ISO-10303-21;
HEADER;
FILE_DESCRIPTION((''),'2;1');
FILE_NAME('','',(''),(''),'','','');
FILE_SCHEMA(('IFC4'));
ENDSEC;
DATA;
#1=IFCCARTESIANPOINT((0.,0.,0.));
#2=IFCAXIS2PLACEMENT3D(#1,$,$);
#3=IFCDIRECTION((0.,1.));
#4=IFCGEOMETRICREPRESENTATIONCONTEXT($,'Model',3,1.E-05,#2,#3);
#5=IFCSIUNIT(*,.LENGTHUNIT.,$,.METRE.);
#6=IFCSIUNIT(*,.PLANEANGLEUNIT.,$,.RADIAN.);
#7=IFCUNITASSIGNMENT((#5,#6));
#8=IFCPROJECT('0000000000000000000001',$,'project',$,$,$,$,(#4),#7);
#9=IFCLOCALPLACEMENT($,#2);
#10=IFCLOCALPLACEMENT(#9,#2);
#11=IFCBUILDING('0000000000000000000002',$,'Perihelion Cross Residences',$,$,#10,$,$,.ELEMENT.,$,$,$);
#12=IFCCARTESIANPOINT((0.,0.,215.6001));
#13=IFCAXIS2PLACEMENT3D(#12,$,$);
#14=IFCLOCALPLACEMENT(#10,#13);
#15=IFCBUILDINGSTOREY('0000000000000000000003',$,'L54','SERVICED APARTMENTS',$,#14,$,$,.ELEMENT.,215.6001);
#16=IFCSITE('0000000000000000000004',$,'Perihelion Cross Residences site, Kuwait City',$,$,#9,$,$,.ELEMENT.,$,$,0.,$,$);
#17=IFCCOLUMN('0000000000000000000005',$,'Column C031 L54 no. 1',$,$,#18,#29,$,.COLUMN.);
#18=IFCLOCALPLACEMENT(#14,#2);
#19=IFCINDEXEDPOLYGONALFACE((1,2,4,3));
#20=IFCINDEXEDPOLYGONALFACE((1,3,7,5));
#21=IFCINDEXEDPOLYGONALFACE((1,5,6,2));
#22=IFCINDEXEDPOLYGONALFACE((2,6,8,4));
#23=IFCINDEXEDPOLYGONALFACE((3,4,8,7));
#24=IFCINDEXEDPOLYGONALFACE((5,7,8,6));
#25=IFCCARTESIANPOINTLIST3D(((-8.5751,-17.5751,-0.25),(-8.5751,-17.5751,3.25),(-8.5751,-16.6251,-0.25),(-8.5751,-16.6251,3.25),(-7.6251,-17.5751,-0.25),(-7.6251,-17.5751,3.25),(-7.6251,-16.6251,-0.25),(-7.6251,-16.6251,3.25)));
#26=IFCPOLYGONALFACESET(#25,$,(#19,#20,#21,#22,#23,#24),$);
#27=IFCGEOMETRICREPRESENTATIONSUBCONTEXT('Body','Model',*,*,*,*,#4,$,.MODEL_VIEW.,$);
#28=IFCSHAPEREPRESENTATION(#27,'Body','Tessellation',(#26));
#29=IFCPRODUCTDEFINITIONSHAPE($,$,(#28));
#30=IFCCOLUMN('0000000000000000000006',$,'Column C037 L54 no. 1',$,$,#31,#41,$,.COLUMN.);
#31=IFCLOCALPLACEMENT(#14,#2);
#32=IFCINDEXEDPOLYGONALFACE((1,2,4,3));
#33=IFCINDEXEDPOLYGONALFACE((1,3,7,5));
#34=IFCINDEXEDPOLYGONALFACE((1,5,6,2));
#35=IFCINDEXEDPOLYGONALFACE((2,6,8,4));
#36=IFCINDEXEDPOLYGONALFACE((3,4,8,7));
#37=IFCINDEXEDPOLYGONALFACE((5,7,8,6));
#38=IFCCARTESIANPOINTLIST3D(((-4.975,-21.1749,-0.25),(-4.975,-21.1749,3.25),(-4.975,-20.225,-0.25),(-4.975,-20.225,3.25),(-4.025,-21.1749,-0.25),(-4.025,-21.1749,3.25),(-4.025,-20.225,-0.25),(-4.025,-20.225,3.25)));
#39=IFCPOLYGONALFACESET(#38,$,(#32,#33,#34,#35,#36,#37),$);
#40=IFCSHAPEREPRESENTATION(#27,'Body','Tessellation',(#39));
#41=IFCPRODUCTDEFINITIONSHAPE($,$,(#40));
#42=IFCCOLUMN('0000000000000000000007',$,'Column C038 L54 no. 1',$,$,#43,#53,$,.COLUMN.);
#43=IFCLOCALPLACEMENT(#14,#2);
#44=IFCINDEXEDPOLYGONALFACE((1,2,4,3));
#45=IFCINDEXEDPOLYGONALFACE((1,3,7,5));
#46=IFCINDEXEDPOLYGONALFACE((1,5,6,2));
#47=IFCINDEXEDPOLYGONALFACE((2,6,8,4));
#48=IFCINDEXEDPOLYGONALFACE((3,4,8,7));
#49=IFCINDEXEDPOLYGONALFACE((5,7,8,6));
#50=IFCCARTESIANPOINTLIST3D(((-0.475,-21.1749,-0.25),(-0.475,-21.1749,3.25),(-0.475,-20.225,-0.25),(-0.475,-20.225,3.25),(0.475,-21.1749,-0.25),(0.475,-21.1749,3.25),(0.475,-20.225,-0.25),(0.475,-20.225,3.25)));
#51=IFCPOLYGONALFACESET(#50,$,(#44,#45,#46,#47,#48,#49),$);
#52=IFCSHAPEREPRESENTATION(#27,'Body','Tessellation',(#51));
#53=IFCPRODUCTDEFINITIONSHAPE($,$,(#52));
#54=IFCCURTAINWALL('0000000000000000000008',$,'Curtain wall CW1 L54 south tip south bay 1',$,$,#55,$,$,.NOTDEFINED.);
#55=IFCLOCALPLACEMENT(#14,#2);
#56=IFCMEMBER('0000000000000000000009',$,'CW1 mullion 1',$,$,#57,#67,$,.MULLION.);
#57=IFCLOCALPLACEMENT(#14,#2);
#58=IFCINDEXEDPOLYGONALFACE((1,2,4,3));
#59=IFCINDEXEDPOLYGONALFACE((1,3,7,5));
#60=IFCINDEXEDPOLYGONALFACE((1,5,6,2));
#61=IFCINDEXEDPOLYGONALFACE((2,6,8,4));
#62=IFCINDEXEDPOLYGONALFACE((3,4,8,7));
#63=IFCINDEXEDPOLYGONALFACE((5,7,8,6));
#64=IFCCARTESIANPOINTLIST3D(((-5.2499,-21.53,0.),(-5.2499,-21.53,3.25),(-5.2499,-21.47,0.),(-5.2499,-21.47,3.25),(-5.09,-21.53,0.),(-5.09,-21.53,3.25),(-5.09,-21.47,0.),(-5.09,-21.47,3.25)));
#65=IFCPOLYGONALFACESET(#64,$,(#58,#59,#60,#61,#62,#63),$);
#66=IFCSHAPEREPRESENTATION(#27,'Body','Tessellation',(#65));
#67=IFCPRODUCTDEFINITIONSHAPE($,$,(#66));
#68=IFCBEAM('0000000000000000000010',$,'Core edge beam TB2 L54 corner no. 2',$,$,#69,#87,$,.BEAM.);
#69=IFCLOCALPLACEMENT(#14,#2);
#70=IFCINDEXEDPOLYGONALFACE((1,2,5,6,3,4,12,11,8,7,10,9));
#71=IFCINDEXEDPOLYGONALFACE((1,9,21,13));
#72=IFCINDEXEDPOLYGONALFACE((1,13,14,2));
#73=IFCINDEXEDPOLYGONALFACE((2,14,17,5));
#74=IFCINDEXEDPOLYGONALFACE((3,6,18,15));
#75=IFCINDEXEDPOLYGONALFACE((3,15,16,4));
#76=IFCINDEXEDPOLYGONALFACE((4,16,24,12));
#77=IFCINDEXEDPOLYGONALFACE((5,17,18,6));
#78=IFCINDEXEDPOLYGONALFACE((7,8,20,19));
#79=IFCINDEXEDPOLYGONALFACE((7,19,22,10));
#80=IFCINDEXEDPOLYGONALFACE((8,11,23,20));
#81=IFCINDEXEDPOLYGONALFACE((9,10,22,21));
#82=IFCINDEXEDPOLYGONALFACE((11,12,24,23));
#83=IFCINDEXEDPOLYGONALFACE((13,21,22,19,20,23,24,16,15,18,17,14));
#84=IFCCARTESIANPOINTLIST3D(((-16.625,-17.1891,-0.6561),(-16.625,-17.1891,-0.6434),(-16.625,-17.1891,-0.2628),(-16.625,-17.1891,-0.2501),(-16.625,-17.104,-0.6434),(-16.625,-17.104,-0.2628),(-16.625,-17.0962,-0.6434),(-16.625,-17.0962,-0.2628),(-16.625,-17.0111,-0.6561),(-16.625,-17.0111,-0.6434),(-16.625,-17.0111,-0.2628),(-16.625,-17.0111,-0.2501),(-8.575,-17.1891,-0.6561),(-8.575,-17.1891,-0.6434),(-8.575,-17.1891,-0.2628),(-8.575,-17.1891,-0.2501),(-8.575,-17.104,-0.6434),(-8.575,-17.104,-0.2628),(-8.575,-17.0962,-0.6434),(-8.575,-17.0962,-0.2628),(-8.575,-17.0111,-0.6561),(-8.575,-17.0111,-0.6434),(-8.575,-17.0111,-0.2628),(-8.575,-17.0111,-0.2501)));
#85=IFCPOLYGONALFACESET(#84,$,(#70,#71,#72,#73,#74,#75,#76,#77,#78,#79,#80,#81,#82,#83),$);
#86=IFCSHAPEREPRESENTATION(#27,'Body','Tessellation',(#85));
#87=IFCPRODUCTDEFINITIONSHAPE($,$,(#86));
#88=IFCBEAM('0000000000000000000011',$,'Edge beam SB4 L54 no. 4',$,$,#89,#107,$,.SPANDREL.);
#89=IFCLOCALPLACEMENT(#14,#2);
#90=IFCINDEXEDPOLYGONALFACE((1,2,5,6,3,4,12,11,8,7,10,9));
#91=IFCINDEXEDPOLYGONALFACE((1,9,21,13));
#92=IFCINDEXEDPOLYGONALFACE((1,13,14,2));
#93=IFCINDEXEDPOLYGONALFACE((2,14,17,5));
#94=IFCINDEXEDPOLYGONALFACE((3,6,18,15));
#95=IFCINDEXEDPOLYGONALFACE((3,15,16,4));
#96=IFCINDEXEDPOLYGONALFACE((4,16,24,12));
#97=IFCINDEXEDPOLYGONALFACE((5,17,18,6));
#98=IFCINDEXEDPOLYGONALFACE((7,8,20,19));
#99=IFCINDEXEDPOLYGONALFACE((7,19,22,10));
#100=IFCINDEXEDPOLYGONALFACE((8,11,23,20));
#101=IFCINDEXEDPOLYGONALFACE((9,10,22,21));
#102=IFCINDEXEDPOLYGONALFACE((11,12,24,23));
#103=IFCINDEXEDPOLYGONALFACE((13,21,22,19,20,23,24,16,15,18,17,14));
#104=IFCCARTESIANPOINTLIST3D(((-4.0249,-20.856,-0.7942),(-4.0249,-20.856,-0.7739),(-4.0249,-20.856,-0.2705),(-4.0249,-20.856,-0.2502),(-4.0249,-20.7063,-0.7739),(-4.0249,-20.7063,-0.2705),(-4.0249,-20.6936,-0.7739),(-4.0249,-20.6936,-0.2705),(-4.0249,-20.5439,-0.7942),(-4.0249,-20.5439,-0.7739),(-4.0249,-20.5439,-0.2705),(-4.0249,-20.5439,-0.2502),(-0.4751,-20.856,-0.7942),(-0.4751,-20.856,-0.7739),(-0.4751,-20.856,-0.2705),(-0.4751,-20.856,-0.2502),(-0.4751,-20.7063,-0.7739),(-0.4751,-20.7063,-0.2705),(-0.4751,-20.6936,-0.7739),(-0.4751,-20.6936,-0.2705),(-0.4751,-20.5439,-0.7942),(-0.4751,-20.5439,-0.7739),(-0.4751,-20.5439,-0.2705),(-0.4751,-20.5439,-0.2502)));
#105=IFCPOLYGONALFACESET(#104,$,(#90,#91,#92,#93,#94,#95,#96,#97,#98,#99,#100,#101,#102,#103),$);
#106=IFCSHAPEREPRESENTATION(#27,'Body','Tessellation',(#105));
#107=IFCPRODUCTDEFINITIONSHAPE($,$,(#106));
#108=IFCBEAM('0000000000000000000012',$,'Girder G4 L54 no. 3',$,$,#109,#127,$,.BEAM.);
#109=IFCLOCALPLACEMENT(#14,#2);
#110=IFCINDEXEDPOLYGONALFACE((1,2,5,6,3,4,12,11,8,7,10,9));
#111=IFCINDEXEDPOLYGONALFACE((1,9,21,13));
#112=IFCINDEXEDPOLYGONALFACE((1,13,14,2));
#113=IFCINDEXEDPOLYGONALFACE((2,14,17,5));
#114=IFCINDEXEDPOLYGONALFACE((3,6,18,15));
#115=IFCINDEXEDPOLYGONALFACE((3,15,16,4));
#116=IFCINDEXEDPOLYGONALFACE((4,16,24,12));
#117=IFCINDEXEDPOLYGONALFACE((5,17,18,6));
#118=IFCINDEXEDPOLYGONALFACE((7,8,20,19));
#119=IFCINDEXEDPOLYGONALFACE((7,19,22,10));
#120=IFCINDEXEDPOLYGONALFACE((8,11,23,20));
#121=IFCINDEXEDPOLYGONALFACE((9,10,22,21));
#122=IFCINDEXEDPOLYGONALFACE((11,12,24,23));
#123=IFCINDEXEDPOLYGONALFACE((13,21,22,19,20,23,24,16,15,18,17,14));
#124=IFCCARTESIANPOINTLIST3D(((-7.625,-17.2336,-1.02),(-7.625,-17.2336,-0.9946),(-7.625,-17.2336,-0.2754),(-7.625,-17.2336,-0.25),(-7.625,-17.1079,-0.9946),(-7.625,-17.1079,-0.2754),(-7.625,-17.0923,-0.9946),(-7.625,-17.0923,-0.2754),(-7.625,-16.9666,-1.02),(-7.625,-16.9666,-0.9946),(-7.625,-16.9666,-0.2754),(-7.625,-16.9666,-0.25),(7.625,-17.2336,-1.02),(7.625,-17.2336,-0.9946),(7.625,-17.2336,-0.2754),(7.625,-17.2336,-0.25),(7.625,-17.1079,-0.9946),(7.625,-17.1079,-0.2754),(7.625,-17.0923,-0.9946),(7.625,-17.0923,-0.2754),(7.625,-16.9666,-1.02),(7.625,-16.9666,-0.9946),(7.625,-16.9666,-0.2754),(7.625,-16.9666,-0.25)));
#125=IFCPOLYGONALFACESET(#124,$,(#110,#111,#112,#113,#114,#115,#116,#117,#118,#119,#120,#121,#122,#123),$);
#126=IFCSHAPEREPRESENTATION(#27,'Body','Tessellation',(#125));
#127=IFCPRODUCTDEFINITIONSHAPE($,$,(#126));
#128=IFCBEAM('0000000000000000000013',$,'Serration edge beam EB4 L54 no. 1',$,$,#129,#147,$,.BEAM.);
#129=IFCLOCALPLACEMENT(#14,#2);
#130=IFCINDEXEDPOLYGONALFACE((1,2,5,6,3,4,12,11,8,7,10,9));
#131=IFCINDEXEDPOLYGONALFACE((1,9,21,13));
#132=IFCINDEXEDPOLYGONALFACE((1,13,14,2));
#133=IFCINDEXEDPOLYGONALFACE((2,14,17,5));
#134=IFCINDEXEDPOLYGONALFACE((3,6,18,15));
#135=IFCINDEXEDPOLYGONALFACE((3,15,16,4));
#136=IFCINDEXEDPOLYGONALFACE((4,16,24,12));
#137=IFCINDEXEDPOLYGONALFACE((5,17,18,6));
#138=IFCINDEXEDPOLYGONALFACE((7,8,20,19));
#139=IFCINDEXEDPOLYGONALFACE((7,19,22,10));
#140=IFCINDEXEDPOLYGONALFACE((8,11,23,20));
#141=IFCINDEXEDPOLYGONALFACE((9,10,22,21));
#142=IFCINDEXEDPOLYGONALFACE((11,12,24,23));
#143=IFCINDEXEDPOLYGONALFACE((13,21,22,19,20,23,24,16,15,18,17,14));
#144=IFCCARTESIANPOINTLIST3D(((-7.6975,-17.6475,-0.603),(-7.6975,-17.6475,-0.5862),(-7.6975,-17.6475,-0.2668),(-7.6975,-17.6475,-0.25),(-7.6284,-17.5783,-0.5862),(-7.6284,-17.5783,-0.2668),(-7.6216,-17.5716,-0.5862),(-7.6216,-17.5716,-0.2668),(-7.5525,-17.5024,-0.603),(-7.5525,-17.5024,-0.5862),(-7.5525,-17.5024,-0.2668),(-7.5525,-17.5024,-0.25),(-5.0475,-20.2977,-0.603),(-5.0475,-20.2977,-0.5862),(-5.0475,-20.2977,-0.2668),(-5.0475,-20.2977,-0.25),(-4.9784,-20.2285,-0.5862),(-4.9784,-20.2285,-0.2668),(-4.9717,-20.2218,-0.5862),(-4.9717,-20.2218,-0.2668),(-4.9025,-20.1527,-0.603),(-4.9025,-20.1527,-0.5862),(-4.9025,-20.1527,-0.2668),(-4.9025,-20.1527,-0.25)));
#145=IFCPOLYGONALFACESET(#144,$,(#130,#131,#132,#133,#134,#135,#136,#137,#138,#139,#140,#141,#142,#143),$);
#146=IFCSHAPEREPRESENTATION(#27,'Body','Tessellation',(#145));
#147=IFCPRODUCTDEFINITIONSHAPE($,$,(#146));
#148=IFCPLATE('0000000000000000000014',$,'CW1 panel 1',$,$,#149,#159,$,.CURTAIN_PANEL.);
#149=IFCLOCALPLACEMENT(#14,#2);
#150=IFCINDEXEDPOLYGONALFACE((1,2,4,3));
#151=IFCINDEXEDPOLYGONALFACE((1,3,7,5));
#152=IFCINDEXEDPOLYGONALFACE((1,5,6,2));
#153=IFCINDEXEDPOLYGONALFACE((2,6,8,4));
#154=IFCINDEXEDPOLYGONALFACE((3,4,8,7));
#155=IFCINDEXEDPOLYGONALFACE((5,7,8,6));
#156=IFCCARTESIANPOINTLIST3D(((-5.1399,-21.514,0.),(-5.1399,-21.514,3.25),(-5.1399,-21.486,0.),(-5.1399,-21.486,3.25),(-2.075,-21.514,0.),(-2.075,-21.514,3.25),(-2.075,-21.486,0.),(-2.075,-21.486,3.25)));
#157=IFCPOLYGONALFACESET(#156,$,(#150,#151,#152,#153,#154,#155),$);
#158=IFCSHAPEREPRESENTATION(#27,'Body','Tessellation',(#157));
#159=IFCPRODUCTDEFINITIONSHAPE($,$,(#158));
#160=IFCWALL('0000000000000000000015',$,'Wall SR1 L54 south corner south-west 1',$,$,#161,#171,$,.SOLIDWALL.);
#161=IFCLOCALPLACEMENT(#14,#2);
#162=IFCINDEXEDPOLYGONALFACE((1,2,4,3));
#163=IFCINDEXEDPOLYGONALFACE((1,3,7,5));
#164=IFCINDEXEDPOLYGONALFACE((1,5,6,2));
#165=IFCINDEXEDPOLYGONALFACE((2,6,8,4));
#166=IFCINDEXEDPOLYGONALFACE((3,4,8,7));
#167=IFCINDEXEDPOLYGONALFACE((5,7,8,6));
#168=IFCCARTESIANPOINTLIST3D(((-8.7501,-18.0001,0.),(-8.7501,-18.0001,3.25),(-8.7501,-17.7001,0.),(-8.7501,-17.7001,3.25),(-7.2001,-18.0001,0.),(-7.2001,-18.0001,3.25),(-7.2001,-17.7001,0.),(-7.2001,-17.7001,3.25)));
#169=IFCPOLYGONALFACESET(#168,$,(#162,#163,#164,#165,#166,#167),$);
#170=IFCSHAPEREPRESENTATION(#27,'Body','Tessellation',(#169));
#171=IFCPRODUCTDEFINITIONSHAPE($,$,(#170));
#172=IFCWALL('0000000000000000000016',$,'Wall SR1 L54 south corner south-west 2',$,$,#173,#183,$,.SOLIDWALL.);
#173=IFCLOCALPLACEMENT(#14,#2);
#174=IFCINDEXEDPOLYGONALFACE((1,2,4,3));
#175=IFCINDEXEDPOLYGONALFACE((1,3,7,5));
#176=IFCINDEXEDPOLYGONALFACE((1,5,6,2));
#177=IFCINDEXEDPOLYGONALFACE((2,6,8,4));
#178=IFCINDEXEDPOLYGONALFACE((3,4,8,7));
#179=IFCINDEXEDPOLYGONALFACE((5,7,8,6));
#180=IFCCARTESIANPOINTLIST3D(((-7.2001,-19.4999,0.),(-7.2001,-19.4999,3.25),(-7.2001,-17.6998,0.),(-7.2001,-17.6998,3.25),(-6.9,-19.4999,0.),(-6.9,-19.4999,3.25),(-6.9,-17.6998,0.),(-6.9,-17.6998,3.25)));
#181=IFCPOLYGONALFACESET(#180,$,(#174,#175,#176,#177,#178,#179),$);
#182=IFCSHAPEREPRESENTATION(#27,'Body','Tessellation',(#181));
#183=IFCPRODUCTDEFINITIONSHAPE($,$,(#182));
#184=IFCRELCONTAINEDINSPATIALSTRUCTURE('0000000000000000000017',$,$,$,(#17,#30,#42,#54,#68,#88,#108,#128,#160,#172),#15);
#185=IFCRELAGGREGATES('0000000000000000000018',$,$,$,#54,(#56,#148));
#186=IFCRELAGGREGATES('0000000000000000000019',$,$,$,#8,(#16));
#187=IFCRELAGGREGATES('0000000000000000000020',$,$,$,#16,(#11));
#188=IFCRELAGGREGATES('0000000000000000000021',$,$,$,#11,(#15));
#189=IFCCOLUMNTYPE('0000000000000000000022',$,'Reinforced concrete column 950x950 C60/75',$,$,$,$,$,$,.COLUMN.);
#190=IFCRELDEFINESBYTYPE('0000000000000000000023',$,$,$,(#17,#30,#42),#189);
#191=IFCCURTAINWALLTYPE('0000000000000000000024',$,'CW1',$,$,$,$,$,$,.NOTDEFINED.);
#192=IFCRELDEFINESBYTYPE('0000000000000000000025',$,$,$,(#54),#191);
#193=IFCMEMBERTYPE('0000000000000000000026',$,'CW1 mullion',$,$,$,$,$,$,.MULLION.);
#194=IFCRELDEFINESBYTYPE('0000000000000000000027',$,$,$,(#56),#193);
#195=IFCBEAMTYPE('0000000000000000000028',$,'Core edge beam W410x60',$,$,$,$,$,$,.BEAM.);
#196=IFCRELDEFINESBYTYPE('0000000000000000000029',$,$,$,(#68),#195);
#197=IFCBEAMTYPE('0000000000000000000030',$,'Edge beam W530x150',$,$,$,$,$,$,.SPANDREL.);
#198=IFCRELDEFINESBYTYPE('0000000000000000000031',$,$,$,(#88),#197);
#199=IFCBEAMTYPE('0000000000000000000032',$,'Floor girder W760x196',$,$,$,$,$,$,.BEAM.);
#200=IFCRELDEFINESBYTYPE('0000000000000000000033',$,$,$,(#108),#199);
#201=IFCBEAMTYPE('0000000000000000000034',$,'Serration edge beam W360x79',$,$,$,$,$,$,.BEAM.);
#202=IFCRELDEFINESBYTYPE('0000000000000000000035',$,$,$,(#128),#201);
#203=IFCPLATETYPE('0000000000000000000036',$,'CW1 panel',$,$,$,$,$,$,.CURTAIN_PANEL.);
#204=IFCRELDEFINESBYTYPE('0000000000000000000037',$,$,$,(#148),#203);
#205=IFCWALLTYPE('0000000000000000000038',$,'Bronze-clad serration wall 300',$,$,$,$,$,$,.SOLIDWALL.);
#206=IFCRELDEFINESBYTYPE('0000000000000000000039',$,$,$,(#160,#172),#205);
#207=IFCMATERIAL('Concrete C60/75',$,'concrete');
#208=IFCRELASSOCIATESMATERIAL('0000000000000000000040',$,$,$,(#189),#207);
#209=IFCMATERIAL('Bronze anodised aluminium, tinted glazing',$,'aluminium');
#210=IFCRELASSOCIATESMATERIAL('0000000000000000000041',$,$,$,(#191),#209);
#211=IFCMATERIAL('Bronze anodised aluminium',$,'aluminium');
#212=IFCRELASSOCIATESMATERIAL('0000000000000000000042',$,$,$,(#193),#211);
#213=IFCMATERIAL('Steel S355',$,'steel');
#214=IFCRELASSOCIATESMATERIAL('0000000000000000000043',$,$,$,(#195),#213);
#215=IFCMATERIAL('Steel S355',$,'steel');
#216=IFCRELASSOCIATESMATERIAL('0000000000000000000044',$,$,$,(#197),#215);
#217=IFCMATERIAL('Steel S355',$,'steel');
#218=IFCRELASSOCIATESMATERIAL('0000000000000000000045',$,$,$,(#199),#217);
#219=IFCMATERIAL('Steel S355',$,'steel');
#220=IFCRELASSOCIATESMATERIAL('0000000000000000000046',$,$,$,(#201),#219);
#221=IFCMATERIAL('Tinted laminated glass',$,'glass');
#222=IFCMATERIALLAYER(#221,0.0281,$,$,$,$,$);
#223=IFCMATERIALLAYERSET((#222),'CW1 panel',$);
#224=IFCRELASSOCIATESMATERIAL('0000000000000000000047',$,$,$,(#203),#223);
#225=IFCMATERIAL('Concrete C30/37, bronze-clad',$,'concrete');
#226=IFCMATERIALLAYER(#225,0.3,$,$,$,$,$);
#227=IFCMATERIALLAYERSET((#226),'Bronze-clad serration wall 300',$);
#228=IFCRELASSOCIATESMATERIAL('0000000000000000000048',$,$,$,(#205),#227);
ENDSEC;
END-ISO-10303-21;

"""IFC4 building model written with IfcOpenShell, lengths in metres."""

from ifc_helpers import new_model, si_unit, direction, frame, frame_2d, origin, origin_2d, place, context, subcontext, project, spatial, rectangle, i_section, extrude, material, layer, layer_set, material_profile, profile_set, type_object, element, aggregate, save


model = new_model("IFC4")

# Units and contexts
model_context = context("Model", 3, precision=1e-05, world=origin(), true_north=direction((0.0, 1.0)))
body_context = subcontext(model_context, "Body", "Model", "MODEL_VIEW")
ifc_project = project(units=[si_unit("LENGTHUNIT", "METRE"), si_unit("PLANEANGLEUNIT", "RADIAN")], contexts=[model_context])

# Site, building, storey
site_placement = place(None, origin())
site = spatial("IfcSite", under=ifc_project, at=site_placement, Name="Perihelion Cross Residences site, Kuwait City", CompositionType="ELEMENT", RefElevation=0.0)
building_placement = place(site_placement, origin())
building = spatial("IfcBuilding", under=site, at=building_placement, Name="Perihelion Cross Residences", CompositionType="ELEMENT")
storey_placement = place(building_placement, frame((0.0, 0.0, 215.6001)))
storey = spatial("IfcBuildingStorey", under=building, at=storey_placement, Name="L54", Description="SERVICED APARTMENTS", CompositionType="ELEMENT", Elevation=215.6001)

# Columns
ifc_material_1 = material(Name="Concrete C60/75", Category="concrete")
ifc_material_profile_1 = material_profile(ifc_material_1, rectangle(XDim=0.95, YDim=0.95, at=origin_2d()), Name="RC 950x950")
ifc_profile_set_1 = profile_set([ifc_material_profile_1], Name="Concrete C60/75")
column_type = type_object("IfcColumnType", Name="Reinforced concrete column 950x950 C60/75", PredefinedType="COLUMN", material=ifc_profile_set_1)
for number, where, z_axis, x_axis, name in (
    (1, (-8.1001, -17.1001, -0.25), (0.0, 0.0, 1.0), (1.0, 0.0, 0.0), "Column C031 L54 no. 1"),
    (2, (-4.5, -20.7, -0.25), (0.0, 0.0, 1.0), (1.0, 0.0, 0.0), "Column C037 L54 no. 1"),
    (3, (0.0, -20.7, -0.25), (0.0, 0.0, 1.0), (1.0, 0.0, 0.0), "Column C038 L54 no. 1"),
):
    element("IfcColumn", number, at=place(storey_placement, frame(where, z_axis=z_axis, x_axis=x_axis)), inside=storey, type_object=column_type, Name=name, PredefinedType="COLUMN", context=body_context, shape_type="SweptSolid", body=[
        extrude(rectangle(XDim=0.95, YDim=0.95, at=origin_2d()), origin(), (0.0, 0.0, 1.0), 3.5),
    ])

# Curtain wall, member
ifc_material_2 = material(Name="Bronze anodised aluminium, tinted glazing", Category="aluminium")
curtain_wall_type = type_object("IfcCurtainWallType", Name="CW1", PredefinedType="NOTDEFINED", material=ifc_material_2)
curtain_wall_placement = place(storey_placement, origin())
curtain_wall = element("IfcCurtainWall", 4, at=curtain_wall_placement, inside=storey, type_object=curtain_wall_type, Name="Curtain wall CW1 L54 south tip south bay 1", PredefinedType="NOTDEFINED")
ifc_material_3 = material(Name="Bronze anodised aluminium", Category="aluminium")
ifc_material_profile_2 = material_profile(ifc_material_3, rectangle(XDim=0.0601, YDim=0.1599, at=origin_2d()), Name="CW1 mullion")
ifc_profile_set_2 = profile_set([ifc_material_profile_2], Name="Bronze anodised aluminium")
member_type = type_object("IfcMemberType", Name="CW1 mullion", PredefinedType="MULLION", material=ifc_profile_set_2)
member_placement = place(storey_placement, frame((-5.1699, -21.5, 0.0), z_axis=(0.0, 0.0, 1.0), x_axis=(0.0, 1.0, 0.0)))
member = element("IfcMember", 5, at=member_placement, type_object=member_type, Name="CW1 mullion 1", PredefinedType="MULLION", context=body_context, shape_type="SweptSolid", body=[
    extrude(rectangle(XDim=0.0601, YDim=0.1599, at=origin_2d()), origin(), (0.0, 0.0, 1.0), 3.25),
])

# Beams
ifc_material_4 = material(Name="Steel S355", Category="steel")
ifc_material_profile_3 = material_profile(ifc_material_4, i_section(OverallWidth=0.178, OverallDepth=0.406, WebThickness=0.0078, FlangeThickness=0.0127, at=origin_2d()), Name="W410x60")
ifc_profile_set_3 = profile_set([ifc_material_profile_3], Name="Steel S355")
beam_type_1 = type_object("IfcBeamType", Name="Core edge beam W410x60", PredefinedType="BEAM", material=ifc_profile_set_3)
beam_1_placement = place(storey_placement, frame((-8.575, -17.1001, -0.4531), z_axis=(-1.0, 0.0, 0.0), x_axis=(0.0, -1.0, 0.0)))
element("IfcBeam", 6, at=beam_1_placement, inside=storey, type_object=beam_type_1, Name="Core edge beam TB2 L54 corner no. 2", PredefinedType="BEAM", context=body_context, shape_type="SweptSolid", body=[
    extrude(i_section(OverallWidth=0.178, OverallDepth=0.406, WebThickness=0.0078, FlangeThickness=0.0127, at=origin_2d()), origin(), (0.0, 0.0, 1.0), 8.05),
])
ifc_material_5 = material(Name="Steel S355", Category="steel")
ifc_material_profile_4 = material_profile(ifc_material_5, i_section(OverallWidth=0.312, OverallDepth=0.5439, WebThickness=0.0127, FlangeThickness=0.0203, at=origin_2d()), Name="W530x150")
ifc_profile_set_4 = profile_set([ifc_material_profile_4], Name="Steel S355")
beam_type_2 = type_object("IfcBeamType", Name="Edge beam W530x150", PredefinedType="SPANDREL", material=ifc_profile_set_4)
beam_2_placement = place(storey_placement, frame((-4.0249, -20.7, -0.5222), z_axis=(1.0, 0.0, 0.0), x_axis=(0.0, 1.0, 0.0)))
element("IfcBeam", 7, at=beam_2_placement, inside=storey, type_object=beam_type_2, Name="Edge beam SB4 L54 no. 4", PredefinedType="SPANDREL", context=body_context, shape_type="SweptSolid", body=[
    extrude(i_section(OverallWidth=0.312, OverallDepth=0.5439, WebThickness=0.0127, FlangeThickness=0.0203, at=origin_2d()), origin(), (0.0, 0.0, 1.0), 3.5498),
])
ifc_material_6 = material(Name="Steel S355", Category="steel")
ifc_material_profile_5 = material_profile(ifc_material_6, i_section(OverallWidth=0.2671, OverallDepth=0.77, WebThickness=0.0156, FlangeThickness=0.0254, at=origin_2d()), Name="W760x196")
ifc_profile_set_5 = profile_set([ifc_material_profile_5], Name="Steel S355")
beam_type_3 = type_object("IfcBeamType", Name="Floor girder W760x196", PredefinedType="BEAM", material=ifc_profile_set_5)
beam_3_placement = place(storey_placement, frame((-7.625, -17.1001, -0.635), z_axis=(1.0, 0.0, 0.0), x_axis=(0.0, 1.0, 0.0)))
element("IfcBeam", 8, at=beam_3_placement, inside=storey, type_object=beam_type_3, Name="Girder G4 L54 no. 3", PredefinedType="BEAM", context=body_context, shape_type="SweptSolid", body=[
    extrude(i_section(OverallWidth=0.2671, OverallDepth=0.77, WebThickness=0.0156, FlangeThickness=0.0254, at=origin_2d()), origin(), (0.0, 0.0, 1.0), 15.25),
])
ifc_material_7 = material(Name="Steel S355", Category="steel")
ifc_material_profile_6 = material_profile(ifc_material_7, i_section(OverallWidth=0.2051, OverallDepth=0.353, WebThickness=0.0095, FlangeThickness=0.0168, at=origin_2d()), Name="W360x79")
ifc_profile_set_6 = profile_set([ifc_material_profile_6], Name="Steel S355")
beam_type_4 = type_object("IfcBeamType", Name="Serration edge beam W360x79", PredefinedType="BEAM", material=ifc_profile_set_6)
beam_4_placement = place(storey_placement, frame((-7.625, -17.575, -0.4265), z_axis=(0.707074, -0.707139, 0.0), x_axis=(0.707139, 0.707074, 0.0)))
element("IfcBeam", 9, at=beam_4_placement, inside=storey, type_object=beam_type_4, Name="Serration edge beam EB4 L54 no. 1", PredefinedType="BEAM", context=body_context, shape_type="SweptSolid", body=[
    extrude(i_section(OverallWidth=0.2051, OverallDepth=0.353, WebThickness=0.0095, FlangeThickness=0.0168, at=origin_2d()), origin(), (0.0, 0.0, 1.0), 3.7478),
])

# Plate
ifc_material_8 = material(Name="Tinted laminated glass", Category="glass")
ifc_layer_1 = layer(ifc_material_8, 0.0281)
ifc_layer_set_1 = layer_set([ifc_layer_1], Name="CW1 panel")
plate_type = type_object("IfcPlateType", Name="CW1 panel", PredefinedType="CURTAIN_PANEL", material=ifc_layer_set_1)
plate_placement = place(storey_placement, frame((-3.6074, -21.5, 0.0), z_axis=(0.0, 0.0, 1.0), x_axis=(1.0, 0.0, 0.0)))
plate = element("IfcPlate", 10, at=plate_placement, type_object=plate_type, Name="CW1 panel 1", PredefinedType="CURTAIN_PANEL", context=body_context, shape_type="SweptSolid", body=[
    extrude(rectangle(XDim=3.0649, YDim=0.0281, at=origin_2d()), origin(), (0.0, 0.0, 1.0), 3.25),
])
aggregate(curtain_wall, [member, plate])

# Walls
ifc_material_9 = material(Name="Concrete C30/37, bronze-clad", Category="concrete")
ifc_layer_2 = layer(ifc_material_9, 0.3)
ifc_layer_set_2 = layer_set([ifc_layer_2], Name="Bronze-clad serration wall 300")
wall_type_1 = type_object("IfcWallType", Name="Bronze-clad serration wall 300", PredefinedType="SOLIDWALL", material=ifc_layer_set_2)
wall_1_placement = place(storey_placement, frame((-8.75, -17.8501, 0.0), z_axis=(0.0, 0.0, 1.0), x_axis=(1.0, 0.0, 0.0)))
element("IfcWall", 11, at=wall_1_placement, inside=storey, type_object=wall_type_1, Name="Wall SR1 L54 south corner south-west 1", PredefinedType="SOLIDWALL", context=body_context, shape_type="SweptSolid", body=[
    extrude(rectangle(XDim=1.55, YDim=0.3, at=frame_2d((0.7749, 0.0))), origin(), (0.0, 0.0, 1.0), 3.25),
])
for number, where, z_axis, x_axis, name in (
    (12, (-7.05, -17.7, 0.0), (0.0, 0.0, 1.0), (0.0, -1.0, 0.0), "Wall SR1 L54 south corner south-west 2"),
):
    element("IfcWall", number, at=place(storey_placement, frame(where, z_axis=z_axis, x_axis=x_axis)), inside=storey, type_object=wall_type_1, Name=name, PredefinedType="SOLIDWALL", context=body_context, shape_type="SweptSolid", body=[
        extrude(rectangle(XDim=1.8, YDim=0.3, at=frame_2d((0.8999, 0.0))), origin(), (0.0, 0.0, 1.0), 3.25),
    ])

save(model, "model.ifc")
